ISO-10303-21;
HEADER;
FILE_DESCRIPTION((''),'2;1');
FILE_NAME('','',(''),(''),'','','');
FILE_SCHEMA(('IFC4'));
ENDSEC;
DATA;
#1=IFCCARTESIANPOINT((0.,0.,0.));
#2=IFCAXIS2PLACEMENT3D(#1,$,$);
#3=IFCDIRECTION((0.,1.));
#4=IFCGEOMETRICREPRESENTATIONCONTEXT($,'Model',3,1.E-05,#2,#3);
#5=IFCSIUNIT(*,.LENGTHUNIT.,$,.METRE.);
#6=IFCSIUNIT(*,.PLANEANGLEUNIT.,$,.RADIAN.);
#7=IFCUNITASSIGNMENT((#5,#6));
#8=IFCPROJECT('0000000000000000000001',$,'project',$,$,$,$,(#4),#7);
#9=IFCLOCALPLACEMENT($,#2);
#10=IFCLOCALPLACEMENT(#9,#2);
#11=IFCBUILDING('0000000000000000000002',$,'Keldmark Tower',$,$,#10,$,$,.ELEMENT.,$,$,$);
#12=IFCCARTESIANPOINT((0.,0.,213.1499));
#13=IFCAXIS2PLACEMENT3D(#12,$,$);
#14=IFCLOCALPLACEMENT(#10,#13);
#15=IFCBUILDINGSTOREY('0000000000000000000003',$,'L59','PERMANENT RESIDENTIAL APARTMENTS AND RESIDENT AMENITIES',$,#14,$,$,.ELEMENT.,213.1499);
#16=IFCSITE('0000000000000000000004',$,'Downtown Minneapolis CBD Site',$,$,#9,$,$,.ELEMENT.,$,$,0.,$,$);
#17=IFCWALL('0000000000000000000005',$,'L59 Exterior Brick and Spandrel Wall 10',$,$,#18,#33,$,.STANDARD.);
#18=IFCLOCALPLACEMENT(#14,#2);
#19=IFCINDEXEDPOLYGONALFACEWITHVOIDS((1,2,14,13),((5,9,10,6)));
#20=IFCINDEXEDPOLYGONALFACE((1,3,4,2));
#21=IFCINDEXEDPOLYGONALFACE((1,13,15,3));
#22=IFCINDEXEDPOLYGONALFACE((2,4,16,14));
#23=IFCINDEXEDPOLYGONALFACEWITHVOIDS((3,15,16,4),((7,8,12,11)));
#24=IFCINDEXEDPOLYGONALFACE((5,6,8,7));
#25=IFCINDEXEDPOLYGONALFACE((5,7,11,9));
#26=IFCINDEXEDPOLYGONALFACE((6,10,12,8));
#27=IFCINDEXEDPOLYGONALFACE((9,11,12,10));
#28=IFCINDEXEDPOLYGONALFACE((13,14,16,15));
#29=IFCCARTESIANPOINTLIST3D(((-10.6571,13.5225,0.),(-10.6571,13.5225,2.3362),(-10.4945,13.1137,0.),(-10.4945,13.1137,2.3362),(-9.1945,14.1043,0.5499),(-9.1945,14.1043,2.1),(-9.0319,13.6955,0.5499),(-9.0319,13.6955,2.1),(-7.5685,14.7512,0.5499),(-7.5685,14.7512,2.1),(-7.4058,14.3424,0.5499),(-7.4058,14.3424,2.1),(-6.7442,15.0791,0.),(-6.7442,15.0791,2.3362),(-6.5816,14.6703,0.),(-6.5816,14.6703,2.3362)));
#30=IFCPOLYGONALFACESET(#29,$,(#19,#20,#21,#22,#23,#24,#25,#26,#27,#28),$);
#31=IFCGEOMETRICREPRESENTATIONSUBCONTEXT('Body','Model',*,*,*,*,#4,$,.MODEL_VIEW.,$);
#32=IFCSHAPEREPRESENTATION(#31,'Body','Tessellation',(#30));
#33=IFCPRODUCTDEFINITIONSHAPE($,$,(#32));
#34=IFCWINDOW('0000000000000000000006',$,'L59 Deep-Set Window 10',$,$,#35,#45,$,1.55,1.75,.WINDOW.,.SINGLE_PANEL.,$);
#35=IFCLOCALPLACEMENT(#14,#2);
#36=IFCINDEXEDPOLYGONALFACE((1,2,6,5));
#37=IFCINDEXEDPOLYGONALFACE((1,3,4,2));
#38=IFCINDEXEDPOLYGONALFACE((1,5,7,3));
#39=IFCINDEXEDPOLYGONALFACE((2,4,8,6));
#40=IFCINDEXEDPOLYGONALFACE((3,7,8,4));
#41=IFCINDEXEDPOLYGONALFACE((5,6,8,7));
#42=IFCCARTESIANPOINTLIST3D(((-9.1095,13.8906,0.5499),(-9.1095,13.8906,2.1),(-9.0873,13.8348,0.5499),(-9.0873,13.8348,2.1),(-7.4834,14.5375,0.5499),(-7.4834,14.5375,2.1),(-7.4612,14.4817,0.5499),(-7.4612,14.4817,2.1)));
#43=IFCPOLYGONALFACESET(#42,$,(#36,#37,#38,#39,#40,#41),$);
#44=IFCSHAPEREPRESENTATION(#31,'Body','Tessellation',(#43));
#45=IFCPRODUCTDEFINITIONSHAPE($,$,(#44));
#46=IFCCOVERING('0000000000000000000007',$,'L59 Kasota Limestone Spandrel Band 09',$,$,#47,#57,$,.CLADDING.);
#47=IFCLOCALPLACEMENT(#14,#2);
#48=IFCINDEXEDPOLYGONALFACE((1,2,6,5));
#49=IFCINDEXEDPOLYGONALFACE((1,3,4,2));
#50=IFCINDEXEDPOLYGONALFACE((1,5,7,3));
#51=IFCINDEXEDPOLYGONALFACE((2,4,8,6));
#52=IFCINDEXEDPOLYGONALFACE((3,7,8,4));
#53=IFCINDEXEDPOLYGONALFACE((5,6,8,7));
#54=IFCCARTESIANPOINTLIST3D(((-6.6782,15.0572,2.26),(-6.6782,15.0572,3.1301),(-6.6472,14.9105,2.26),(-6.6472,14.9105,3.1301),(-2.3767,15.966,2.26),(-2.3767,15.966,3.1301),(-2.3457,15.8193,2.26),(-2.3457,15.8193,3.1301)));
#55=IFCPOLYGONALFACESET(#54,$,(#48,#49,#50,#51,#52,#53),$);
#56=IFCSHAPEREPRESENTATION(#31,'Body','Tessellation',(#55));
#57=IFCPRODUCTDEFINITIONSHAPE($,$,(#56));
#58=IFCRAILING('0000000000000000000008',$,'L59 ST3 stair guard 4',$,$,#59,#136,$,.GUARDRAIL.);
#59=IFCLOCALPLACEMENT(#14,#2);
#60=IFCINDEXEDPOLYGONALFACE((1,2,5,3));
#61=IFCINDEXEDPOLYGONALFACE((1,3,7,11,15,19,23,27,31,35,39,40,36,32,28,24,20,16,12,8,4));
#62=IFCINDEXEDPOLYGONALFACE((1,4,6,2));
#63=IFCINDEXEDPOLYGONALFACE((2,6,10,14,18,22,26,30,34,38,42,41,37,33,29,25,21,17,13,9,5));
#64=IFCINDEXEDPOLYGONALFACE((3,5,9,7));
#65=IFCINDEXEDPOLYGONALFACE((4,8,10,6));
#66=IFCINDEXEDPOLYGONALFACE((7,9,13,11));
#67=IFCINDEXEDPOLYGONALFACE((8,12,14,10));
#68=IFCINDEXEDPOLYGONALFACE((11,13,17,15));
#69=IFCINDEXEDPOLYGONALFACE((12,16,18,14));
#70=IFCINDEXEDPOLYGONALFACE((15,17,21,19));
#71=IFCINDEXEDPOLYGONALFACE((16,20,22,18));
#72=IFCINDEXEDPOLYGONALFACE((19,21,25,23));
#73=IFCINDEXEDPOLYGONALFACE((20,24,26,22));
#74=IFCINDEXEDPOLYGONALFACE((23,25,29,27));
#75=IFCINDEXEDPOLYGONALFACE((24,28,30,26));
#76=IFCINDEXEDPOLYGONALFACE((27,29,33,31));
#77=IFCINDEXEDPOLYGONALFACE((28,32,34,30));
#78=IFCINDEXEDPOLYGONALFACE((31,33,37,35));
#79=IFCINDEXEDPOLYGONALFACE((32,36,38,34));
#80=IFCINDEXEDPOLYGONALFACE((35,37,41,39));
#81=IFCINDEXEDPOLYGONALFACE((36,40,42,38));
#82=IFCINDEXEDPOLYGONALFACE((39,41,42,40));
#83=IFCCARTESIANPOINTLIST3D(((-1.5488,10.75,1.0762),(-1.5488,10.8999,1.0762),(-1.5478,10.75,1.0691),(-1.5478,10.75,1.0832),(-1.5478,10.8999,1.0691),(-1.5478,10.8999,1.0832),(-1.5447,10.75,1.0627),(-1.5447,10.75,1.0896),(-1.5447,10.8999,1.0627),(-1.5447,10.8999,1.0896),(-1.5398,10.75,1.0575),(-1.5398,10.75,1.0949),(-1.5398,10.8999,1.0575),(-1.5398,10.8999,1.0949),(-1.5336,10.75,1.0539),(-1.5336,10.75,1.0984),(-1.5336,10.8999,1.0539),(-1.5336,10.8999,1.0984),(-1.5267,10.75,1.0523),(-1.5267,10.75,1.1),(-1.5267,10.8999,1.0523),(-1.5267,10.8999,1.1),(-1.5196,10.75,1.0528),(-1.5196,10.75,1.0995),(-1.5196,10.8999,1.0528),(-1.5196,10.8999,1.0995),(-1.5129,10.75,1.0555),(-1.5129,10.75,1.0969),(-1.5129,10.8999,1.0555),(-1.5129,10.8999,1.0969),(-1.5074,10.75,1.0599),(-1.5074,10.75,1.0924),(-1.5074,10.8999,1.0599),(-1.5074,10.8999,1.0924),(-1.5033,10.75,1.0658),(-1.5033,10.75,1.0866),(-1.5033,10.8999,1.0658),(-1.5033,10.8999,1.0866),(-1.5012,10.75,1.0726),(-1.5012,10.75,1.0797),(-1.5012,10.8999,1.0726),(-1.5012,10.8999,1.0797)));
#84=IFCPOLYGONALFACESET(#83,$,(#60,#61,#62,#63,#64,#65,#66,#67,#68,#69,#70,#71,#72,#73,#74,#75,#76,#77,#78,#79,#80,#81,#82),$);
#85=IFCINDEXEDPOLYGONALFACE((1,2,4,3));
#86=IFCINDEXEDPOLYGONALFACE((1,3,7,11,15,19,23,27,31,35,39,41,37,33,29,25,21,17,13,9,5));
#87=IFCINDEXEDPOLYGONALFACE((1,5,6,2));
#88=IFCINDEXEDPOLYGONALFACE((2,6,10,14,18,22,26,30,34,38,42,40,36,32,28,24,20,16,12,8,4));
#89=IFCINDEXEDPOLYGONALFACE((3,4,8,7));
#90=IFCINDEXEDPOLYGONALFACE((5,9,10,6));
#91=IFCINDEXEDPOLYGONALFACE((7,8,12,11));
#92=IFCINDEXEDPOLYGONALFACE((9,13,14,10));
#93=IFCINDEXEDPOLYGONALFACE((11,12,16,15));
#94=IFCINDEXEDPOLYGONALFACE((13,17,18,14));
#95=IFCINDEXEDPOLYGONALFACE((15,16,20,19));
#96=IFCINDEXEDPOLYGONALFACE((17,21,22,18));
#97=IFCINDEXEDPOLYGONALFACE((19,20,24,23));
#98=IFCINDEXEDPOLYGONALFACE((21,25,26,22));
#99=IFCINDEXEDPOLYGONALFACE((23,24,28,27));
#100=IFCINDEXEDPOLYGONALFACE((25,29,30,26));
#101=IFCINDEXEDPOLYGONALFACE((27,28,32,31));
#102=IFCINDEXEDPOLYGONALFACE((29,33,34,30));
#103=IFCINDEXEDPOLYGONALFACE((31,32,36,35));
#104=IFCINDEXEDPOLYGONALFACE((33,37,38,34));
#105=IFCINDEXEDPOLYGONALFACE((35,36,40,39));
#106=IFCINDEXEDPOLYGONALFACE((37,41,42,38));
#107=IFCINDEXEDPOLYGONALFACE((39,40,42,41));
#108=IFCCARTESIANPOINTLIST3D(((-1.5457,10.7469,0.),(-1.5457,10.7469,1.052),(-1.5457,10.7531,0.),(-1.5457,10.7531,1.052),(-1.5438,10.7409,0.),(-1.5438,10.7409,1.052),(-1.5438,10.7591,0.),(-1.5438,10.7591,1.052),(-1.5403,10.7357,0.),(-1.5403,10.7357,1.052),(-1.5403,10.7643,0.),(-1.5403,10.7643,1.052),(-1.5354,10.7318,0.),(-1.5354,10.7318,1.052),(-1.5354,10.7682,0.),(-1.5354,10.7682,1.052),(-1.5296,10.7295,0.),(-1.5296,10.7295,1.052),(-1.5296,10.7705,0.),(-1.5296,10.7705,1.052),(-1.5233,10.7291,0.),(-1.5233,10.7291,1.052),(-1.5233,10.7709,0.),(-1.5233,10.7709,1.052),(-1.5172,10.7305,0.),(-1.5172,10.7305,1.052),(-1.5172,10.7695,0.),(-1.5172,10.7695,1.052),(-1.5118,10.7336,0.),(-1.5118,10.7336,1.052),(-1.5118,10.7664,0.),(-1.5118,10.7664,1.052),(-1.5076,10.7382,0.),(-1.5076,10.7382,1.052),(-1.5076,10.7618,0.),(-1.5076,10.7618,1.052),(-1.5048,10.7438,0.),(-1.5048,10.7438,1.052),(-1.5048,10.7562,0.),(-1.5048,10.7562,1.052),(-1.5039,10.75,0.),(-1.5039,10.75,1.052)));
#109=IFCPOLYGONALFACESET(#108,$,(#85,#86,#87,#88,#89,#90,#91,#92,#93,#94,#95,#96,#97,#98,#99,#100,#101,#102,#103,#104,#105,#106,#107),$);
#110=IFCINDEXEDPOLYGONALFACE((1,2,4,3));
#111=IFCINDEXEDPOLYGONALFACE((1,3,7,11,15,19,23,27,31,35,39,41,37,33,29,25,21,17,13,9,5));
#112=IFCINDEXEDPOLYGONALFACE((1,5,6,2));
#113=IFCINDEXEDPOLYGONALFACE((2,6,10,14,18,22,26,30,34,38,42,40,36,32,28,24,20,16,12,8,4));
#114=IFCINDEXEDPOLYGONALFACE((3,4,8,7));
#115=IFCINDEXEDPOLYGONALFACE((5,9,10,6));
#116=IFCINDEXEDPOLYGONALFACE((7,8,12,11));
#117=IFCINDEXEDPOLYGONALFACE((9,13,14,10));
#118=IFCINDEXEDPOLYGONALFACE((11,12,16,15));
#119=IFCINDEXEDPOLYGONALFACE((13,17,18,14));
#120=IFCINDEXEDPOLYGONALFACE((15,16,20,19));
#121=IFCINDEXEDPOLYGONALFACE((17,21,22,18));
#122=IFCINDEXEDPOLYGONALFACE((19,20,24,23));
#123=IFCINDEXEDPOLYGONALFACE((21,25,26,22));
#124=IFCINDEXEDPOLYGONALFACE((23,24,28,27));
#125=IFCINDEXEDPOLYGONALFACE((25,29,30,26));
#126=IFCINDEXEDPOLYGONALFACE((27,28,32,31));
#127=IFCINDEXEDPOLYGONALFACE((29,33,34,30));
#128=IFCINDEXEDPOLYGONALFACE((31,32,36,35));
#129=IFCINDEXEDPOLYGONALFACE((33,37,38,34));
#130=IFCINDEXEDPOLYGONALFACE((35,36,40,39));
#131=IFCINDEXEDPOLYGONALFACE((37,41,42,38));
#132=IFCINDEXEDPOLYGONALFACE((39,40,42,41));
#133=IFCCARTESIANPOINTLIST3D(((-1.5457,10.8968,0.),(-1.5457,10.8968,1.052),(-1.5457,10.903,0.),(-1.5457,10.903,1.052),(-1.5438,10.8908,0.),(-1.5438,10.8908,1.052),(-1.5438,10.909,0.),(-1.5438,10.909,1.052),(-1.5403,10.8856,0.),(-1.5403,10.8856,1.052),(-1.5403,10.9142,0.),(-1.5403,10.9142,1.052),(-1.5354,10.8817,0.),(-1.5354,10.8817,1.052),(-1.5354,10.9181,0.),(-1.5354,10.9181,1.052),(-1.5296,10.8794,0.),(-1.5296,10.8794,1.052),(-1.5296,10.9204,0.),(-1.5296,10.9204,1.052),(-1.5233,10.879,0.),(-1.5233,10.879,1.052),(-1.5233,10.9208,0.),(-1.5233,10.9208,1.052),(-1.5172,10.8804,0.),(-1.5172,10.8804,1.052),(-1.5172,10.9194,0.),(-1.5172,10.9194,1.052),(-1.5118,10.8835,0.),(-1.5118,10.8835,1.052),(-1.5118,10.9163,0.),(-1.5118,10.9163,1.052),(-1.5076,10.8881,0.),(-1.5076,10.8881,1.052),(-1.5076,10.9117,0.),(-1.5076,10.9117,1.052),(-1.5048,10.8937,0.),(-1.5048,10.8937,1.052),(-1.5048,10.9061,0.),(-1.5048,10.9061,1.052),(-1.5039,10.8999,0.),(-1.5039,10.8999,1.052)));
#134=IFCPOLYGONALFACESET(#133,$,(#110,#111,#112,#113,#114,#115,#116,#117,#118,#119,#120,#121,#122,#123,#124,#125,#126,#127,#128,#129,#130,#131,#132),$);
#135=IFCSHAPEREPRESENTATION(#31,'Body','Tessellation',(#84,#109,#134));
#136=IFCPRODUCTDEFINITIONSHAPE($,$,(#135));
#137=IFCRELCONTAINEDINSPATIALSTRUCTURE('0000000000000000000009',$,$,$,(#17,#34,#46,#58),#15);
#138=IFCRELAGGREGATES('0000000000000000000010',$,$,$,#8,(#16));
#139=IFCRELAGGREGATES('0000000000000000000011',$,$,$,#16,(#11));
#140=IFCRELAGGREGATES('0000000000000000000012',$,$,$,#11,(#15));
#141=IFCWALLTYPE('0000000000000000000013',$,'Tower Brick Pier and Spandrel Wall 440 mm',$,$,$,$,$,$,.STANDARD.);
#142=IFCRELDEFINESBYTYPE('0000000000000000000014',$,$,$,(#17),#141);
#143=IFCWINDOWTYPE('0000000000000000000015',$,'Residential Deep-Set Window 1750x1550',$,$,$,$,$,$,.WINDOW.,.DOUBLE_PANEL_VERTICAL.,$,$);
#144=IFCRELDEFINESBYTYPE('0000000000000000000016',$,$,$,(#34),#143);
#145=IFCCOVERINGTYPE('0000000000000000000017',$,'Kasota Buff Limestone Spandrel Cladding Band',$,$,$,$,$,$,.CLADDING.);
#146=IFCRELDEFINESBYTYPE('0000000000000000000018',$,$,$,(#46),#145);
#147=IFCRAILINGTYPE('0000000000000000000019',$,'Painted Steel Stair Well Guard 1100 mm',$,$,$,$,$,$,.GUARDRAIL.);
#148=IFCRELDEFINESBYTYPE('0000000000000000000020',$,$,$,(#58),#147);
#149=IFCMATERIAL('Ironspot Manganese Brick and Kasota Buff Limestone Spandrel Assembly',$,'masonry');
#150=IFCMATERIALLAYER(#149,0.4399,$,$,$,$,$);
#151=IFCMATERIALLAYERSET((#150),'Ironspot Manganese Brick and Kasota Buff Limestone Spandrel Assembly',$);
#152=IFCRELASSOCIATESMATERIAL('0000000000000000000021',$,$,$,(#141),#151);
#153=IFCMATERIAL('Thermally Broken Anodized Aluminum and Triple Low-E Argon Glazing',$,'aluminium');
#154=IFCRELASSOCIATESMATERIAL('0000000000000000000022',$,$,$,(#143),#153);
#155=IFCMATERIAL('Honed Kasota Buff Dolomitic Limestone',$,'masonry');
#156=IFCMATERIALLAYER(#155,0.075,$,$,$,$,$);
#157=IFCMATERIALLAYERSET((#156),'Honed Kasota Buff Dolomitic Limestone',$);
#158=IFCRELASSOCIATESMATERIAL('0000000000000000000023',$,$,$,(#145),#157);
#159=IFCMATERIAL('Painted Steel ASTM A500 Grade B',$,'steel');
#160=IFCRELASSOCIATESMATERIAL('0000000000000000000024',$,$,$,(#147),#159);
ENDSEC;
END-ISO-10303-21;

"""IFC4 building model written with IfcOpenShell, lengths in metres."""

from ifc_helpers import new_model, si_unit, direction, frame, frame_2d, origin, origin_2d, place, context, subcontext, project, spatial, rectangle, circle, extrude, material, layer, layer_set, type_object, element, fill, save


model = new_model("IFC4")

# Units and contexts
model_context = context("Model", 3, precision=1e-05, world=origin(), true_north=direction((0.0, 1.0)))
body_context = subcontext(model_context, "Body", "Model", "MODEL_VIEW")
ifc_project = project(units=[si_unit("LENGTHUNIT", "METRE"), si_unit("PLANEANGLEUNIT", "RADIAN")], contexts=[model_context])

# Site, building, storey
site_placement = place(None, origin())
site = spatial("IfcSite", under=ifc_project, at=site_placement, Name="Downtown Minneapolis CBD Site", CompositionType="ELEMENT", RefElevation=0.0)
building_placement = place(site_placement, origin())
building = spatial("IfcBuilding", under=site, at=building_placement, Name="Keldmark Tower", CompositionType="ELEMENT")
storey_placement = place(building_placement, frame((0.0, 0.0, 213.1499)))
storey = spatial("IfcBuildingStorey", under=building, at=storey_placement, Name="L59", Description="PERMANENT RESIDENTIAL APARTMENTS AND RESIDENT AMENITIES", CompositionType="ELEMENT", Elevation=213.1499)

# Wall, opening, window
ifc_material_1 = material(Name="Ironspot Manganese Brick and Kasota Buff Limestone Spandrel Assembly", Category="masonry")
ifc_layer_1 = layer(ifc_material_1, 0.4399)
ifc_layer_set_1 = layer_set([ifc_layer_1], Name="Ironspot Manganese Brick and Kasota Buff Limestone Spandrel Assembly")
wall_type_1 = type_object("IfcWallType", Name="Tower Brick Pier and Spandrel Wall 440 mm", PredefinedType="STANDARD", material=ifc_layer_set_1)
ifc_material_2 = material(Name="Thermally Broken Anodized Aluminum and Triple Low-E Argon Glazing", Category="aluminium")
window_type = type_object("IfcWindowType", Name="Residential Deep-Set Window 1750x1550", PartitioningType="DOUBLE_PANEL_VERTICAL", PredefinedType="WINDOW", material=ifc_material_2)
wall_1_placement = place(storey_placement, frame((-10.5757, 13.3181, 0.0), z_axis=(0.0, 0.0, 1.0), x_axis=(0.929171, 0.369651, 0.0)))
wall_1 = element("IfcWall", 1, at=wall_1_placement, inside=storey, type_object=wall_type_1, Name="L59 Exterior Brick and Spandrel Wall 10", PredefinedType="STANDARD", context=body_context, shape_type="SweptSolid", body=[
    extrude(rectangle(XDim=4.2112, YDim=0.4399, at=frame_2d((2.1055, 0.0))), origin(), (0.0, 0.0, 1.0), 2.3362),
])
opening_1_placement = place(wall_1_placement, frame((1.574, 0.0, 0.55)))
opening_1 = element("IfcOpeningElement", 2, at=opening_1_placement, cuts=wall_1, PredefinedType="OPENING", context=body_context, shape_type="SweptSolid", body=[
    extrude(rectangle(XDim=1.75, YDim=1.55, at=frame_2d((0.875, 0.7749))), frame((0.0, 0.23, 0.0), z_axis=(0.0, -1.0, 0.0), x_axis=(1.0, 0.0, 0.0)), (0.0, 0.0, 1.0), 0.46),
])
window_1_placement = place(opening_1_placement, origin())
window_1 = element("IfcWindow", 3, at=window_1_placement, inside=storey, type_object=window_type, Name="L59 Deep-Set Window 10", OverallHeight=1.55, OverallWidth=1.75, PartitioningType="SINGLE_PANEL", PredefinedType="WINDOW", context=body_context, shape_type="SweptSolid", body=[
    extrude(rectangle(XDim=1.75, YDim=1.55, at=frame_2d((0.875, 0.7749))), frame((0.0, -0.01, 0.0), z_axis=(0.0, -1.0, 0.0), x_axis=(1.0, 0.0, 0.0)), (0.0, 0.0, 1.0), 0.0601),
])
fill(opening_1, window_1)

# Covering
ifc_material_3 = material(Name="Honed Kasota Buff Dolomitic Limestone", Category="masonry")
ifc_layer_2 = layer(ifc_material_3, 0.075)
ifc_layer_set_2 = layer_set([ifc_layer_2], Name="Honed Kasota Buff Dolomitic Limestone")
covering_type = type_object("IfcCoveringType", Name="Kasota Buff Limestone Spandrel Cladding Band", PredefinedType="CLADDING", material=ifc_layer_set_2)
covering_placement = place(storey_placement, frame((-4.512, 15.4382, 2.26), z_axis=(0.0, 0.0, 1.0), x_axis=(-0.978401, -0.206717, 0.0)))
element("IfcCovering", 4, at=covering_placement, inside=storey, type_object=covering_type, Name="L59 Kasota Limestone Spandrel Band 09", PredefinedType="CLADDING", context=body_context, shape_type="SweptSolid", body=[
    extrude(rectangle(XDim=4.3965, YDim=0.1499, at=origin_2d()), origin(), (0.0, 0.0, 1.0), 0.8701),
])

# Railing
ifc_material_4 = material(Name="Painted Steel ASTM A500 Grade B", Category="steel")
railing_type = type_object("IfcRailingType", Name="Painted Steel Stair Well Guard 1100 mm", PredefinedType="GUARDRAIL", material=ifc_material_4)
railing_placement = place(storey_placement, frame((-1.5249, 10.75, 0.0)))
element("IfcRailing", 5, at=railing_placement, inside=storey, type_object=railing_type, Name="L59 ST3 stair guard 4", PredefinedType="GUARDRAIL", context=body_context, shape_type="SweptSolid", body=[
    extrude(circle(Radius=0.0239, at=origin_2d()), frame((0.0, 0.0, 1.0762), z_axis=(0.0, 1.0, 0.0), x_axis=(-1.0, 0.0, 0.0)), (0.0, 0.0, 1.0), 0.1499),
    extrude(circle(Radius=0.021, at=origin_2d()), origin(), (0.0, 0.0, 1.0), 1.052),
    extrude(circle(Radius=0.021, at=origin_2d()), frame((0.0, 0.1499, 0.0)), (0.0, 0.0, 1.0), 1.052),
])

save(model, "model.ifc")
